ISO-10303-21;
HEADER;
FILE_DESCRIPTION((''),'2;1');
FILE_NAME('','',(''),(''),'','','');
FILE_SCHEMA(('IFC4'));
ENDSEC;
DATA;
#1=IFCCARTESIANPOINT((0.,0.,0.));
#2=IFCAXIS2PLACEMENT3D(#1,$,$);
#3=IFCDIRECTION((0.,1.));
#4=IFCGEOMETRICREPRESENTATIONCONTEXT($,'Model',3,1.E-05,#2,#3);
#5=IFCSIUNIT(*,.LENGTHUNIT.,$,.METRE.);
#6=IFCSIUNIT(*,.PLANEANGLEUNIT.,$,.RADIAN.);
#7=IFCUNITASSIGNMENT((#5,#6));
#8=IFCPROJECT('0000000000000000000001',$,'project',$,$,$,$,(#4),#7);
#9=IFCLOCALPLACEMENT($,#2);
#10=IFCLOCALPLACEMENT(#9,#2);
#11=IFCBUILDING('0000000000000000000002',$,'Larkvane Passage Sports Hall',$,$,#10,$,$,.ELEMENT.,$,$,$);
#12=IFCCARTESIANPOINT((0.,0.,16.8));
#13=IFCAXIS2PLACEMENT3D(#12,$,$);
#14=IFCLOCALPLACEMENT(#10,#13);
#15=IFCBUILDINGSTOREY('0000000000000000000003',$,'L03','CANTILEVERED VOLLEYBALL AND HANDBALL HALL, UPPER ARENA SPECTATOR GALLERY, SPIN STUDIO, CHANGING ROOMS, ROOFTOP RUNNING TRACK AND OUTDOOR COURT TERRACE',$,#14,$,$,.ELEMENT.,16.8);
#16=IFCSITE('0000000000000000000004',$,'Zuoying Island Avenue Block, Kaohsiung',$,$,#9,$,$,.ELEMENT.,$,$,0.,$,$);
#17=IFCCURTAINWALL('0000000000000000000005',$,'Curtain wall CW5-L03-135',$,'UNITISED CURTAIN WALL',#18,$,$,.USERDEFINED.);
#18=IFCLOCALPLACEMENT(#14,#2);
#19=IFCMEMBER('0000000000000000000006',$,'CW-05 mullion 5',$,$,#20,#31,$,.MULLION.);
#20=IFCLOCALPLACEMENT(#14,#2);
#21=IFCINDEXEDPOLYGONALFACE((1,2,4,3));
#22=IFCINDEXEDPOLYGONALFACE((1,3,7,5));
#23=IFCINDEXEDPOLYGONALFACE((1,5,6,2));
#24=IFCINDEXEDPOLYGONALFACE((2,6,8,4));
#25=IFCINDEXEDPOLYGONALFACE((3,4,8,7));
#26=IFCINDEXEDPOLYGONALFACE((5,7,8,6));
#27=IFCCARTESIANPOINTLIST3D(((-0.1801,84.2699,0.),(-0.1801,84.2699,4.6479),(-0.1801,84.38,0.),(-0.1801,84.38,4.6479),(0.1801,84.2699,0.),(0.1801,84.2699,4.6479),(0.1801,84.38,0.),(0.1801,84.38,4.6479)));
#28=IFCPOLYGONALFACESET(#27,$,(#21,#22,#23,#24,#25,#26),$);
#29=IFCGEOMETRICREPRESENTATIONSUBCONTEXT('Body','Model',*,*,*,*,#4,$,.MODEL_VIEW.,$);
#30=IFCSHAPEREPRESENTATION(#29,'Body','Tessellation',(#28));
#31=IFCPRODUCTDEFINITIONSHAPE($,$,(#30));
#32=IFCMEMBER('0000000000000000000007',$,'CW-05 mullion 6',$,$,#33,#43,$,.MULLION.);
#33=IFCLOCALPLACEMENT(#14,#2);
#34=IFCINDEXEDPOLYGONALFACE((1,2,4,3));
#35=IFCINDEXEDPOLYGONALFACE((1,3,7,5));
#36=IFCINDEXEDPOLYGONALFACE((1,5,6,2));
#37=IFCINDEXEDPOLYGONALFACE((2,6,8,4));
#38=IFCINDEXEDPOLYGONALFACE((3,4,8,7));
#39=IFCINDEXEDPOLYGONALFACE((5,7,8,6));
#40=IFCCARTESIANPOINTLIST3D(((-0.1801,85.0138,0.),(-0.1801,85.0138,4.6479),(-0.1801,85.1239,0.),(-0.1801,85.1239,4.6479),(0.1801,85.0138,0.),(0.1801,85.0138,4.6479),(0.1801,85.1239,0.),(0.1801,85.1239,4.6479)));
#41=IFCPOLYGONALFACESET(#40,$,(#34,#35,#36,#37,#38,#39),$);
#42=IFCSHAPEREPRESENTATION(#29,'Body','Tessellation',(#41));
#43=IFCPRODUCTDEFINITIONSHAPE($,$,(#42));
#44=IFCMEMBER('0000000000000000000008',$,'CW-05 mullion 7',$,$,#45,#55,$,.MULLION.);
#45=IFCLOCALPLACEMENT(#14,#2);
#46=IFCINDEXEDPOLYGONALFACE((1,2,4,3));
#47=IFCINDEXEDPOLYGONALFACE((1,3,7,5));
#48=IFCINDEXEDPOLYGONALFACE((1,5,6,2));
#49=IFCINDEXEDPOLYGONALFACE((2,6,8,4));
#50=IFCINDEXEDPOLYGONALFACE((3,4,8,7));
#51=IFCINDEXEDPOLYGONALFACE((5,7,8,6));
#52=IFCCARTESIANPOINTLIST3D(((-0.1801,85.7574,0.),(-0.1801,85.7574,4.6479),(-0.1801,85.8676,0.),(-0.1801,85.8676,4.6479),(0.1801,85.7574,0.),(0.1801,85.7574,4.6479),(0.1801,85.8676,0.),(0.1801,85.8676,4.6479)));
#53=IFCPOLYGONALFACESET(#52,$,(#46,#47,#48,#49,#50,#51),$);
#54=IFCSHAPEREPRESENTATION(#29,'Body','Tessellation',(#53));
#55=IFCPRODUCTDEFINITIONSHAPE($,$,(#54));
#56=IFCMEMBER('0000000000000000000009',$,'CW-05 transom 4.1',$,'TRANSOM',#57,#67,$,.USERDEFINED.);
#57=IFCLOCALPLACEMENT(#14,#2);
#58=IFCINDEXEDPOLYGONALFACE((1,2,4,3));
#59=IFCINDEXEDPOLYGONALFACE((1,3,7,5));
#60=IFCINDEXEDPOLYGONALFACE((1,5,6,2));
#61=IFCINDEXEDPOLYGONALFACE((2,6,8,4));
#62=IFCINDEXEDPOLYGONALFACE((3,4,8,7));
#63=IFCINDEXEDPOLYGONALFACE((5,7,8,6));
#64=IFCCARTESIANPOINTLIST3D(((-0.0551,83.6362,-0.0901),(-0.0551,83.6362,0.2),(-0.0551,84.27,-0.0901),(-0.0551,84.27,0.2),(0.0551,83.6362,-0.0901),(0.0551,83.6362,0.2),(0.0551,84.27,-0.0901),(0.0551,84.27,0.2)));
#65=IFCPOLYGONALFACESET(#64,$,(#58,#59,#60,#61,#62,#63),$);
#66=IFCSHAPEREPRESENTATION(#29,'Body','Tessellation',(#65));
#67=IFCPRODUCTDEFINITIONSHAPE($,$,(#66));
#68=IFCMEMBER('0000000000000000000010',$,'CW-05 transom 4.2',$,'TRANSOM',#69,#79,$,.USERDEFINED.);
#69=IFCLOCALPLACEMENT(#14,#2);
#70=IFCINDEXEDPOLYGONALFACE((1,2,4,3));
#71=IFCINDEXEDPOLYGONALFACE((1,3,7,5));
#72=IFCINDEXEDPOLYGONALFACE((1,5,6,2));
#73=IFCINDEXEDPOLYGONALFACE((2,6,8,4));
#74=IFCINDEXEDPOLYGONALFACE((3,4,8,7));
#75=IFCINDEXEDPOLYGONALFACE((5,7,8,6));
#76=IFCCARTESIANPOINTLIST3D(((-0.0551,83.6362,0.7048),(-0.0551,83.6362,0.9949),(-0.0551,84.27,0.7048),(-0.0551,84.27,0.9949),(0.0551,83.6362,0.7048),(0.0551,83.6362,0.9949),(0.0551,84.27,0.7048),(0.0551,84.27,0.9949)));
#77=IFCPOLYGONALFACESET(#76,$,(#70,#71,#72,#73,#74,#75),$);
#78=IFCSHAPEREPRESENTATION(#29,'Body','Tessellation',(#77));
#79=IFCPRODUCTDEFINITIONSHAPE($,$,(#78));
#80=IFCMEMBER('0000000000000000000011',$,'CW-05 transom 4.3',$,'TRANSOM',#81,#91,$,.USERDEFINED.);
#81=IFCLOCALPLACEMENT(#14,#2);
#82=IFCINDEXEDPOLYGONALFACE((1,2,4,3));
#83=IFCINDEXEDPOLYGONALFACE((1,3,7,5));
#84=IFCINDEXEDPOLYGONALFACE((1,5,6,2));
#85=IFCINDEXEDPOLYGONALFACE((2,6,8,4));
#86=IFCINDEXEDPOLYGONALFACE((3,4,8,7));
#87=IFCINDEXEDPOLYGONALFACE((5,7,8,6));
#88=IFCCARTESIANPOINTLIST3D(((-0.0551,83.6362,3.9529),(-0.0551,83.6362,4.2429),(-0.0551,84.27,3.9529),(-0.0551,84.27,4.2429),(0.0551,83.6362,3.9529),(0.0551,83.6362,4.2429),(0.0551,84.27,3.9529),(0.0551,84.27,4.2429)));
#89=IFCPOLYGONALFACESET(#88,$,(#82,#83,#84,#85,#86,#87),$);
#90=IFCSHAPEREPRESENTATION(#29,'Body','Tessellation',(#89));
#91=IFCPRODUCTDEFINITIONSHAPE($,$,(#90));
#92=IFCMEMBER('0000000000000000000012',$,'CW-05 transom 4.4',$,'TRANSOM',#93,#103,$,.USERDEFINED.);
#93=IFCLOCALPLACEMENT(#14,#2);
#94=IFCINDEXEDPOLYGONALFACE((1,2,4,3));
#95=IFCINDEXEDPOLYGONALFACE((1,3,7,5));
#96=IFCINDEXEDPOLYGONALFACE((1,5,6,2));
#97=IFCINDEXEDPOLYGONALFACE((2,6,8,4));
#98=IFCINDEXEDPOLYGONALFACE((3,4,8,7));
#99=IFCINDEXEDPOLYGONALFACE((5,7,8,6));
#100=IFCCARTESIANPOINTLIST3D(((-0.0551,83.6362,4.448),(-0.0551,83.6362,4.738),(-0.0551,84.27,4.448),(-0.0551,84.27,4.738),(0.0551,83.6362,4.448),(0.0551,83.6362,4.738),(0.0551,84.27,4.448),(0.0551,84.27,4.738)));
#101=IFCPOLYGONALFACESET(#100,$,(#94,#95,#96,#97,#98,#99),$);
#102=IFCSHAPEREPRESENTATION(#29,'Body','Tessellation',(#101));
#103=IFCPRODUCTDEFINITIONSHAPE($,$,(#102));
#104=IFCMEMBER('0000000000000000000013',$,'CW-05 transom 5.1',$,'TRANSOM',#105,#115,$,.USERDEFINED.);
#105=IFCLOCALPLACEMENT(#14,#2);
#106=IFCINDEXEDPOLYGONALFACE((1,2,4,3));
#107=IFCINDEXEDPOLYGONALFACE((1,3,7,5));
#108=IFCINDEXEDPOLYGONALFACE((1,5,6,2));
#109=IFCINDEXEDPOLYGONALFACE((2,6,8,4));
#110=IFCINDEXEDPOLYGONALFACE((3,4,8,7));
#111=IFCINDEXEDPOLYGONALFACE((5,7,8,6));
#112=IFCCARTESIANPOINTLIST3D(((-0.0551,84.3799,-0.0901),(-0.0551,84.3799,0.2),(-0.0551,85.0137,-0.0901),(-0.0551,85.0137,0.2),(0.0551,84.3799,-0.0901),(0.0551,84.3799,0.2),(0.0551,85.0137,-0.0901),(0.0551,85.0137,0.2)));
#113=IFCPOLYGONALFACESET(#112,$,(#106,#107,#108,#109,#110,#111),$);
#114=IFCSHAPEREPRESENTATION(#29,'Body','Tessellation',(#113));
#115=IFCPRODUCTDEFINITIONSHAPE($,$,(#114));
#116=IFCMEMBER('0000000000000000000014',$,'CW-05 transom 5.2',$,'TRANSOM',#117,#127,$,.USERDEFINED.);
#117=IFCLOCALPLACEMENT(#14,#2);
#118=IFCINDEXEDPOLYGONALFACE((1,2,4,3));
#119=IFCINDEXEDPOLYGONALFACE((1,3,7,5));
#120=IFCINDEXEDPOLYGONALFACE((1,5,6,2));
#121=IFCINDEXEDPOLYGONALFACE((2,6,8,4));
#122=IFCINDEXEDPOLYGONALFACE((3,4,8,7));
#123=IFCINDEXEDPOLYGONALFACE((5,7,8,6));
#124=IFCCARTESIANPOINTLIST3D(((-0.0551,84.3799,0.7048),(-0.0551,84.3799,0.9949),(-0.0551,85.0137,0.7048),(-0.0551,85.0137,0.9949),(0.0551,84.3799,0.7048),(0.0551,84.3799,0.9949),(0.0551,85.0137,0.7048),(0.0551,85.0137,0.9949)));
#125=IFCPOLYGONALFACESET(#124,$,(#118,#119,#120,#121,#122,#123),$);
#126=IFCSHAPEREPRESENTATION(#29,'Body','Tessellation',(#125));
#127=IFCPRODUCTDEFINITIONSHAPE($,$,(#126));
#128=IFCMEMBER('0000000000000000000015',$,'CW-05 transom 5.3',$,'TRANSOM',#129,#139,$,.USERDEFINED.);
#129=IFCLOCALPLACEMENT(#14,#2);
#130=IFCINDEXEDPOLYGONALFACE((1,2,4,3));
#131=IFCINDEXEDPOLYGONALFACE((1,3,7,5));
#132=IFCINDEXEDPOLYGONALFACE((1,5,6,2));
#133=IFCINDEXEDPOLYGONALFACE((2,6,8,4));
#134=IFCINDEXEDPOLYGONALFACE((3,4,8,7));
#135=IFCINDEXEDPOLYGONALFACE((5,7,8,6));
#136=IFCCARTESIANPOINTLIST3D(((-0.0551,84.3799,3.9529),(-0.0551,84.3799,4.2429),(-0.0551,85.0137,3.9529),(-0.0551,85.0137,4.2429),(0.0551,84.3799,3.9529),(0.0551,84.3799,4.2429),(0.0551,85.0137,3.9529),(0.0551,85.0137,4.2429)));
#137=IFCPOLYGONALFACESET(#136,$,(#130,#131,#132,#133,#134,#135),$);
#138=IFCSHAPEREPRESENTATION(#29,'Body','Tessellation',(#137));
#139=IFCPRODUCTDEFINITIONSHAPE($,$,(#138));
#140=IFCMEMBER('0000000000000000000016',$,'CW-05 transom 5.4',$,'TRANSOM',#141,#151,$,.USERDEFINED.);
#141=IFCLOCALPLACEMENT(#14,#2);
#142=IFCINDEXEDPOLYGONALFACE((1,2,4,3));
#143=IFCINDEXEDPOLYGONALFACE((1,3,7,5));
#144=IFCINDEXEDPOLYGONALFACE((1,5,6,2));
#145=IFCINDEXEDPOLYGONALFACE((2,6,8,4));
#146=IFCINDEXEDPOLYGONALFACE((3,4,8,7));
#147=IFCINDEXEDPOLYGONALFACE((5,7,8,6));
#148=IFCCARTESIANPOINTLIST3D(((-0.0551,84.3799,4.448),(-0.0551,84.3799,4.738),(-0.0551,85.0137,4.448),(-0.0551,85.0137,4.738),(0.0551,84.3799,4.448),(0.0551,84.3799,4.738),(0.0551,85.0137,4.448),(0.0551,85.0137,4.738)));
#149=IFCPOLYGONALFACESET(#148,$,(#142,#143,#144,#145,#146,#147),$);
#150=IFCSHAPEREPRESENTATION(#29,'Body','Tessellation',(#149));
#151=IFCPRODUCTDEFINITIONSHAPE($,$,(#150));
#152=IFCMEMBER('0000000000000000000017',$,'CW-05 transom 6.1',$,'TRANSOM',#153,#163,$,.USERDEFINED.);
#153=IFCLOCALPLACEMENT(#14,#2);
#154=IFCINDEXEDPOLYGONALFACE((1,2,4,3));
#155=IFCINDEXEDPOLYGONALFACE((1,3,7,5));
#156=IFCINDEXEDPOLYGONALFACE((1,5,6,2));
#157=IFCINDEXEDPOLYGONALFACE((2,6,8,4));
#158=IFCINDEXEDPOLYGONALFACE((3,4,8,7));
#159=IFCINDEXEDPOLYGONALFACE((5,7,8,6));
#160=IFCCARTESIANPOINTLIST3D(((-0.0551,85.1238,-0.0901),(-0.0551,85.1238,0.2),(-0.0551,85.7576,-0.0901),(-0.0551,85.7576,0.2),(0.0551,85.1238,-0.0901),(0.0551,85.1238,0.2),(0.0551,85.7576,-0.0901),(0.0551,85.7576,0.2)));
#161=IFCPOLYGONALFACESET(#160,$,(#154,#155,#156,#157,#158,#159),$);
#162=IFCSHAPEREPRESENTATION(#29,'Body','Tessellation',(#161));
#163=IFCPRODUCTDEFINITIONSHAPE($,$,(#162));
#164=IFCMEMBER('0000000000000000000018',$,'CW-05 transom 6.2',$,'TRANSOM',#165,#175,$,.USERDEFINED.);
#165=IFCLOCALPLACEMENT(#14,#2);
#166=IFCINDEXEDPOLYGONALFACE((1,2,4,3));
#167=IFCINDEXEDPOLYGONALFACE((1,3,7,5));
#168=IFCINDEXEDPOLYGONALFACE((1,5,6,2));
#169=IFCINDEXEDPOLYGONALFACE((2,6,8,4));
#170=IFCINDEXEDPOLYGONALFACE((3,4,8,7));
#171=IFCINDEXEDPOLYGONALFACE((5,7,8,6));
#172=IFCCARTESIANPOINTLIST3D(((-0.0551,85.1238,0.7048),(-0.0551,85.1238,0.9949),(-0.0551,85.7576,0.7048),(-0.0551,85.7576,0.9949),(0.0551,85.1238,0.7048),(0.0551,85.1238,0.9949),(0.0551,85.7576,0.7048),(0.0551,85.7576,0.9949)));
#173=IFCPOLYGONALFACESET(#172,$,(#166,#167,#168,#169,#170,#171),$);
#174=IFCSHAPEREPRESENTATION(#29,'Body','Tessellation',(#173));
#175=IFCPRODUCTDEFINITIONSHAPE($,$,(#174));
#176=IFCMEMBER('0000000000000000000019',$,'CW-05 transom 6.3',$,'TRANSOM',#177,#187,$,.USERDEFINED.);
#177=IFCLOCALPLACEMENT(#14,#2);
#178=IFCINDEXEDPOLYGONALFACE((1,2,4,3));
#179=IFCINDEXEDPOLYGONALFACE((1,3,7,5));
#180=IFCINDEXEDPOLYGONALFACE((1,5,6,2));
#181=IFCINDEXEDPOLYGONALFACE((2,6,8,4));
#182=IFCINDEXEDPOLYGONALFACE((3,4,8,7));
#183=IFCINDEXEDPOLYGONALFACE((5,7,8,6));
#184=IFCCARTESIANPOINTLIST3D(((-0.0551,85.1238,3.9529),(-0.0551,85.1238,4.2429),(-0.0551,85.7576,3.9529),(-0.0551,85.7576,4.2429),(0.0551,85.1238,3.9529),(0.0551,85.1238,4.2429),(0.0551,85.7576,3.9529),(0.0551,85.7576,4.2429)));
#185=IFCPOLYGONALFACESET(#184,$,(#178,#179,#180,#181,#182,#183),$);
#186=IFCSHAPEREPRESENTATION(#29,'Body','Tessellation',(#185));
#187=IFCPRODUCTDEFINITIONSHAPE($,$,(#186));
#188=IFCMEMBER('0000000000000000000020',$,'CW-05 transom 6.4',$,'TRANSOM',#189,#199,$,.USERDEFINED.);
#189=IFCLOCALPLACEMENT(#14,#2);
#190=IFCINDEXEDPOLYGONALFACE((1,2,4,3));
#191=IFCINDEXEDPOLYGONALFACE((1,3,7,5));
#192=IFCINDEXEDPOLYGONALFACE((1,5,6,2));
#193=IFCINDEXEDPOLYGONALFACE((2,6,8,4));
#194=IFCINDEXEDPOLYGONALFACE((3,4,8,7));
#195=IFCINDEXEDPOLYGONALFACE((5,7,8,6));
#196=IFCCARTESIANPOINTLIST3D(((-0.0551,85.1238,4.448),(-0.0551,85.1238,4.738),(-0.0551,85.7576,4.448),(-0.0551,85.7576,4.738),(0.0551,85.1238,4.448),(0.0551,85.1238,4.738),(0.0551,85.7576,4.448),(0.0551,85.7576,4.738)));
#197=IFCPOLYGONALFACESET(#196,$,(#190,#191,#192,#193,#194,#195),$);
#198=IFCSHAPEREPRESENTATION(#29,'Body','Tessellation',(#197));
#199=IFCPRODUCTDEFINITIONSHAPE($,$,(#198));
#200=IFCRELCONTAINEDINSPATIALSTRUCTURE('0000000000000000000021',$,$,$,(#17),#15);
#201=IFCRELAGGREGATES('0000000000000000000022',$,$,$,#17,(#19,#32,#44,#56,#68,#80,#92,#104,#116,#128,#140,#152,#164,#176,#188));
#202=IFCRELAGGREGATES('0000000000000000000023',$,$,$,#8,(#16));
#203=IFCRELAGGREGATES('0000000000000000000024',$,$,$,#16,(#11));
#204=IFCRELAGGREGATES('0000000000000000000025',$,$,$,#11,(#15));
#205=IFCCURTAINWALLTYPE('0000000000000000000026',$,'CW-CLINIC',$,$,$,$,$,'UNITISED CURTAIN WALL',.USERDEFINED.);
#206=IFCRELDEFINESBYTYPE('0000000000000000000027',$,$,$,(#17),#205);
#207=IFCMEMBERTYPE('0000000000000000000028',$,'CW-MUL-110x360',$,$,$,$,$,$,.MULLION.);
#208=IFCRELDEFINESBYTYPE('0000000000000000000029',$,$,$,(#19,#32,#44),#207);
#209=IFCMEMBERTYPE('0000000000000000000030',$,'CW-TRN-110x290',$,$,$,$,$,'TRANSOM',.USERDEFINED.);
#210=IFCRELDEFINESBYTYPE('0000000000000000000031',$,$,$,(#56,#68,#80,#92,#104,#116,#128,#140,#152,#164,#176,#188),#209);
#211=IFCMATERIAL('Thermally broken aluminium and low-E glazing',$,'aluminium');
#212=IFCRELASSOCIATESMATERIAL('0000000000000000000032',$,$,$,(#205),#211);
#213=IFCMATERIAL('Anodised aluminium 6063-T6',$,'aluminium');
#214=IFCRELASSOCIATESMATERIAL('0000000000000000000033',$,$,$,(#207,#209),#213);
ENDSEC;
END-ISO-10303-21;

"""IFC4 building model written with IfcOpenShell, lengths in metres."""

from ifc_helpers import new_model, si_unit, direction, frame, origin, origin_2d, place, context, subcontext, project, spatial, rectangle, extrude, material, material_profile, profile_set, type_object, element, aggregate, save


model = new_model("IFC4")

# Units and contexts
model_context = context("Model", 3, precision=1e-05, world=origin(), true_north=direction((0.0, 1.0)))
body_context = subcontext(model_context, "Body", "Model", "MODEL_VIEW")
ifc_project = project(units=[si_unit("LENGTHUNIT", "METRE"), si_unit("PLANEANGLEUNIT", "RADIAN")], contexts=[model_context])

# Site, building, storey
site_placement = place(None, origin())
site = spatial("IfcSite", under=ifc_project, at=site_placement, Name="Zuoying Island Avenue Block, Kaohsiung", CompositionType="ELEMENT", RefElevation=0.0)
building_placement = place(site_placement, origin())
building = spatial("IfcBuilding", under=site, at=building_placement, Name="Larkvane Passage Sports Hall", CompositionType="ELEMENT")
storey_placement = place(building_placement, frame((0.0, 0.0, 16.8)))
storey = spatial("IfcBuildingStorey", under=building, at=storey_placement, Name="L03", Description="CANTILEVERED VOLLEYBALL AND HANDBALL HALL, UPPER ARENA SPECTATOR GALLERY, SPIN STUDIO, CHANGING ROOMS, ROOFTOP RUNNING TRACK AND OUTDOOR COURT TERRACE", CompositionType="ELEMENT", Elevation=16.8)

# Curtain wall, members
ifc_material_1 = material(Name="Thermally broken aluminium and low-E glazing", Category="aluminium")
curtain_wall_type = type_object("IfcCurtainWallType", Name="CW-CLINIC", ElementType="UNITISED CURTAIN WALL", PredefinedType="USERDEFINED", material=ifc_material_1)
curtain_wall_placement = place(storey_placement, origin())
curtain_wall = element("IfcCurtainWall", 1, at=curtain_wall_placement, inside=storey, type_object=curtain_wall_type, Name="Curtain wall CW5-L03-135", ObjectType="UNITISED CURTAIN WALL", PredefinedType="USERDEFINED")
ifc_material_2 = material(Name="Anodised aluminium 6063-T6", Category="aluminium")
ifc_material_profile_1 = material_profile(ifc_material_2, rectangle(XDim=0.1101, YDim=0.3601, at=origin_2d()), Name="ALU-MUL-110x360")
ifc_profile_set_1 = profile_set([ifc_material_profile_1], Name="Anodised aluminium 6063-T6")
member_type_1 = type_object("IfcMemberType", Name="CW-MUL-110x360", PredefinedType="MULLION", material=ifc_profile_set_1)
member_1_placement = place(storey_placement, frame((0.0, 84.325, 0.0), z_axis=(0.0, 0.0, 1.0), x_axis=(0.0, 1.0, 0.0)))
member_1 = element("IfcMember", 2, at=member_1_placement, type_object=member_type_1, Name="CW-05 mullion 5", PredefinedType="MULLION", context=body_context, shape_type="SweptSolid", body=[
    extrude(rectangle(XDim=0.1101, YDim=0.3601, at=origin_2d()), origin(), (0.0, 0.0, 1.0), 4.6479),
])
member_2_placement = place(storey_placement, frame((0.0, 85.0688, 0.0), z_axis=(0.0, 0.0, 1.0), x_axis=(0.0, 1.0, 0.0)))
member_2 = element("IfcMember", 3, at=member_2_placement, type_object=member_type_1, Name="CW-05 mullion 6", PredefinedType="MULLION", context=body_context, shape_type="SweptSolid", body=[
    extrude(rectangle(XDim=0.1101, YDim=0.3601, at=origin_2d()), origin(), (0.0, 0.0, 1.0), 4.6479),
])
member_3_placement = place(storey_placement, frame((0.0, 85.8125, 0.0), z_axis=(0.0, 0.0, 1.0), x_axis=(0.0, 1.0, 0.0)))
member_3 = element("IfcMember", 4, at=member_3_placement, type_object=member_type_1, Name="CW-05 mullion 7", PredefinedType="MULLION", context=body_context, shape_type="SweptSolid", body=[
    extrude(rectangle(XDim=0.1101, YDim=0.3601, at=origin_2d()), origin(), (0.0, 0.0, 1.0), 4.6479),
])
ifc_material_profile_2 = material_profile(ifc_material_2, rectangle(XDim=0.1101, YDim=0.29, at=origin_2d()), Name="ALU-TRN-110x290")
ifc_profile_set_2 = profile_set([ifc_material_profile_2], Name="Anodised aluminium 6063-T6")
member_type_2 = type_object("IfcMemberType", Name="CW-TRN-110x290", ElementType="TRANSOM", PredefinedType="USERDEFINED", material=ifc_profile_set_2)
member_4_placement = place(storey_placement, frame((0.0, 83.6362, 0.0549), z_axis=(0.0, 1.0, 0.0), x_axis=(-1.0, 0.0, 0.0)))
member_4 = element("IfcMember", 5, at=member_4_placement, type_object=member_type_2, Name="CW-05 transom 4.1", ObjectType="TRANSOM", PredefinedType="USERDEFINED", context=body_context, shape_type="SweptSolid", body=[
    extrude(rectangle(XDim=0.1101, YDim=0.29, at=origin_2d()), origin(), (0.0, 0.0, 1.0), 0.6338),
])
member_5_placement = place(storey_placement, frame((0.0, 83.6362, 0.8499), z_axis=(0.0, 1.0, 0.0), x_axis=(-1.0, 0.0, 0.0)))
member_5 = element("IfcMember", 6, at=member_5_placement, type_object=member_type_2, Name="CW-05 transom 4.2", ObjectType="TRANSOM", PredefinedType="USERDEFINED", context=body_context, shape_type="SweptSolid", body=[
    extrude(rectangle(XDim=0.1101, YDim=0.29, at=origin_2d()), origin(), (0.0, 0.0, 1.0), 0.6338),
])
member_6_placement = place(storey_placement, frame((0.0, 83.6362, 4.0979), z_axis=(0.0, 1.0, 0.0), x_axis=(-1.0, 0.0, 0.0)))
member_6 = element("IfcMember", 7, at=member_6_placement, type_object=member_type_2, Name="CW-05 transom 4.3", ObjectType="TRANSOM", PredefinedType="USERDEFINED", context=body_context, shape_type="SweptSolid", body=[
    extrude(rectangle(XDim=0.1101, YDim=0.29, at=origin_2d()), origin(), (0.0, 0.0, 1.0), 0.6338),
])
member_7_placement = place(storey_placement, frame((0.0, 83.6362, 4.593), z_axis=(0.0, 1.0, 0.0), x_axis=(-1.0, 0.0, 0.0)))
member_7 = element("IfcMember", 8, at=member_7_placement, type_object=member_type_2, Name="CW-05 transom 4.4", ObjectType="TRANSOM", PredefinedType="USERDEFINED", context=body_context, shape_type="SweptSolid", body=[
    extrude(rectangle(XDim=0.1101, YDim=0.29, at=origin_2d()), origin(), (0.0, 0.0, 1.0), 0.6338),
])
member_8_placement = place(storey_placement, frame((0.0, 84.3799, 0.0549), z_axis=(0.0, 1.0, 0.0), x_axis=(-1.0, 0.0, 0.0)))
member_8 = element("IfcMember", 9, at=member_8_placement, type_object=member_type_2, Name="CW-05 transom 5.1", ObjectType="TRANSOM", PredefinedType="USERDEFINED", context=body_context, shape_type="SweptSolid", body=[
    extrude(rectangle(XDim=0.1101, YDim=0.29, at=origin_2d()), origin(), (0.0, 0.0, 1.0), 0.6338),
])
member_9_placement = place(storey_placement, frame((0.0, 84.3799, 0.8499), z_axis=(0.0, 1.0, 0.0), x_axis=(-1.0, 0.0, 0.0)))
member_9 = element("IfcMember", 10, at=member_9_placement, type_object=member_type_2, Name="CW-05 transom 5.2", ObjectType="TRANSOM", PredefinedType="USERDEFINED", context=body_context, shape_type="SweptSolid", body=[
    extrude(rectangle(XDim=0.1101, YDim=0.29, at=origin_2d()), origin(), (0.0, 0.0, 1.0), 0.6338),
])
member_10_placement = place(storey_placement, frame((0.0, 84.3799, 4.0979), z_axis=(0.0, 1.0, 0.0), x_axis=(-1.0, 0.0, 0.0)))
member_10 = element("IfcMember", 11, at=member_10_placement, type_object=member_type_2, Name="CW-05 transom 5.3", ObjectType="TRANSOM", PredefinedType="USERDEFINED", context=body_context, shape_type="SweptSolid", body=[
    extrude(rectangle(XDim=0.1101, YDim=0.29, at=origin_2d()), origin(), (0.0, 0.0, 1.0), 0.6338),
])
member_11_placement = place(storey_placement, frame((0.0, 84.3799, 4.593), z_axis=(0.0, 1.0, 0.0), x_axis=(-1.0, 0.0, 0.0)))
member_11 = element("IfcMember", 12, at=member_11_placement, type_object=member_type_2, Name="CW-05 transom 5.4", ObjectType="TRANSOM", PredefinedType="USERDEFINED", context=body_context, shape_type="SweptSolid", body=[
    extrude(rectangle(XDim=0.1101, YDim=0.29, at=origin_2d()), origin(), (0.0, 0.0, 1.0), 0.6338),
])
member_12_placement = place(storey_placement, frame((0.0, 85.1238, 0.0549), z_axis=(0.0, 1.0, 0.0), x_axis=(-1.0, 0.0, 0.0)))
member_12 = element("IfcMember", 13, at=member_12_placement, type_object=member_type_2, Name="CW-05 transom 6.1", ObjectType="TRANSOM", PredefinedType="USERDEFINED", context=body_context, shape_type="SweptSolid", body=[
    extrude(rectangle(XDim=0.1101, YDim=0.29, at=origin_2d()), origin(), (0.0, 0.0, 1.0), 0.6338),
])
member_13_placement = place(storey_placement, frame((0.0, 85.1238, 0.8499), z_axis=(0.0, 1.0, 0.0), x_axis=(-1.0, 0.0, 0.0)))
member_13 = element("IfcMember", 14, at=member_13_placement, type_object=member_type_2, Name="CW-05 transom 6.2", ObjectType="TRANSOM", PredefinedType="USERDEFINED", context=body_context, shape_type="SweptSolid", body=[
    extrude(rectangle(XDim=0.1101, YDim=0.29, at=origin_2d()), origin(), (0.0, 0.0, 1.0), 0.6338),
])
member_14_placement = place(storey_placement, frame((0.0, 85.1238, 4.0979), z_axis=(0.0, 1.0, 0.0), x_axis=(-1.0, 0.0, 0.0)))
member_14 = element("IfcMember", 15, at=member_14_placement, type_object=member_type_2, Name="CW-05 transom 6.3", ObjectType="TRANSOM", PredefinedType="USERDEFINED", context=body_context, shape_type="SweptSolid", body=[
    extrude(rectangle(XDim=0.1101, YDim=0.29, at=origin_2d()), origin(), (0.0, 0.0, 1.0), 0.6338),
])
member_15_placement = place(storey_placement, frame((0.0, 85.1238, 4.593), z_axis=(0.0, 1.0, 0.0), x_axis=(-1.0, 0.0, 0.0)))
member_15 = element("IfcMember", 16, at=member_15_placement, type_object=member_type_2, Name="CW-05 transom 6.4", ObjectType="TRANSOM", PredefinedType="USERDEFINED", context=body_context, shape_type="SweptSolid", body=[
    extrude(rectangle(XDim=0.1101, YDim=0.29, at=origin_2d()), origin(), (0.0, 0.0, 1.0), 0.6338),
])
aggregate(curtain_wall, [member_1, member_2, member_3, member_4, member_5, member_6, member_7, member_8, member_9, member_10, member_11, member_12, member_13, member_14, member_15])

save(model, "model.ifc")
